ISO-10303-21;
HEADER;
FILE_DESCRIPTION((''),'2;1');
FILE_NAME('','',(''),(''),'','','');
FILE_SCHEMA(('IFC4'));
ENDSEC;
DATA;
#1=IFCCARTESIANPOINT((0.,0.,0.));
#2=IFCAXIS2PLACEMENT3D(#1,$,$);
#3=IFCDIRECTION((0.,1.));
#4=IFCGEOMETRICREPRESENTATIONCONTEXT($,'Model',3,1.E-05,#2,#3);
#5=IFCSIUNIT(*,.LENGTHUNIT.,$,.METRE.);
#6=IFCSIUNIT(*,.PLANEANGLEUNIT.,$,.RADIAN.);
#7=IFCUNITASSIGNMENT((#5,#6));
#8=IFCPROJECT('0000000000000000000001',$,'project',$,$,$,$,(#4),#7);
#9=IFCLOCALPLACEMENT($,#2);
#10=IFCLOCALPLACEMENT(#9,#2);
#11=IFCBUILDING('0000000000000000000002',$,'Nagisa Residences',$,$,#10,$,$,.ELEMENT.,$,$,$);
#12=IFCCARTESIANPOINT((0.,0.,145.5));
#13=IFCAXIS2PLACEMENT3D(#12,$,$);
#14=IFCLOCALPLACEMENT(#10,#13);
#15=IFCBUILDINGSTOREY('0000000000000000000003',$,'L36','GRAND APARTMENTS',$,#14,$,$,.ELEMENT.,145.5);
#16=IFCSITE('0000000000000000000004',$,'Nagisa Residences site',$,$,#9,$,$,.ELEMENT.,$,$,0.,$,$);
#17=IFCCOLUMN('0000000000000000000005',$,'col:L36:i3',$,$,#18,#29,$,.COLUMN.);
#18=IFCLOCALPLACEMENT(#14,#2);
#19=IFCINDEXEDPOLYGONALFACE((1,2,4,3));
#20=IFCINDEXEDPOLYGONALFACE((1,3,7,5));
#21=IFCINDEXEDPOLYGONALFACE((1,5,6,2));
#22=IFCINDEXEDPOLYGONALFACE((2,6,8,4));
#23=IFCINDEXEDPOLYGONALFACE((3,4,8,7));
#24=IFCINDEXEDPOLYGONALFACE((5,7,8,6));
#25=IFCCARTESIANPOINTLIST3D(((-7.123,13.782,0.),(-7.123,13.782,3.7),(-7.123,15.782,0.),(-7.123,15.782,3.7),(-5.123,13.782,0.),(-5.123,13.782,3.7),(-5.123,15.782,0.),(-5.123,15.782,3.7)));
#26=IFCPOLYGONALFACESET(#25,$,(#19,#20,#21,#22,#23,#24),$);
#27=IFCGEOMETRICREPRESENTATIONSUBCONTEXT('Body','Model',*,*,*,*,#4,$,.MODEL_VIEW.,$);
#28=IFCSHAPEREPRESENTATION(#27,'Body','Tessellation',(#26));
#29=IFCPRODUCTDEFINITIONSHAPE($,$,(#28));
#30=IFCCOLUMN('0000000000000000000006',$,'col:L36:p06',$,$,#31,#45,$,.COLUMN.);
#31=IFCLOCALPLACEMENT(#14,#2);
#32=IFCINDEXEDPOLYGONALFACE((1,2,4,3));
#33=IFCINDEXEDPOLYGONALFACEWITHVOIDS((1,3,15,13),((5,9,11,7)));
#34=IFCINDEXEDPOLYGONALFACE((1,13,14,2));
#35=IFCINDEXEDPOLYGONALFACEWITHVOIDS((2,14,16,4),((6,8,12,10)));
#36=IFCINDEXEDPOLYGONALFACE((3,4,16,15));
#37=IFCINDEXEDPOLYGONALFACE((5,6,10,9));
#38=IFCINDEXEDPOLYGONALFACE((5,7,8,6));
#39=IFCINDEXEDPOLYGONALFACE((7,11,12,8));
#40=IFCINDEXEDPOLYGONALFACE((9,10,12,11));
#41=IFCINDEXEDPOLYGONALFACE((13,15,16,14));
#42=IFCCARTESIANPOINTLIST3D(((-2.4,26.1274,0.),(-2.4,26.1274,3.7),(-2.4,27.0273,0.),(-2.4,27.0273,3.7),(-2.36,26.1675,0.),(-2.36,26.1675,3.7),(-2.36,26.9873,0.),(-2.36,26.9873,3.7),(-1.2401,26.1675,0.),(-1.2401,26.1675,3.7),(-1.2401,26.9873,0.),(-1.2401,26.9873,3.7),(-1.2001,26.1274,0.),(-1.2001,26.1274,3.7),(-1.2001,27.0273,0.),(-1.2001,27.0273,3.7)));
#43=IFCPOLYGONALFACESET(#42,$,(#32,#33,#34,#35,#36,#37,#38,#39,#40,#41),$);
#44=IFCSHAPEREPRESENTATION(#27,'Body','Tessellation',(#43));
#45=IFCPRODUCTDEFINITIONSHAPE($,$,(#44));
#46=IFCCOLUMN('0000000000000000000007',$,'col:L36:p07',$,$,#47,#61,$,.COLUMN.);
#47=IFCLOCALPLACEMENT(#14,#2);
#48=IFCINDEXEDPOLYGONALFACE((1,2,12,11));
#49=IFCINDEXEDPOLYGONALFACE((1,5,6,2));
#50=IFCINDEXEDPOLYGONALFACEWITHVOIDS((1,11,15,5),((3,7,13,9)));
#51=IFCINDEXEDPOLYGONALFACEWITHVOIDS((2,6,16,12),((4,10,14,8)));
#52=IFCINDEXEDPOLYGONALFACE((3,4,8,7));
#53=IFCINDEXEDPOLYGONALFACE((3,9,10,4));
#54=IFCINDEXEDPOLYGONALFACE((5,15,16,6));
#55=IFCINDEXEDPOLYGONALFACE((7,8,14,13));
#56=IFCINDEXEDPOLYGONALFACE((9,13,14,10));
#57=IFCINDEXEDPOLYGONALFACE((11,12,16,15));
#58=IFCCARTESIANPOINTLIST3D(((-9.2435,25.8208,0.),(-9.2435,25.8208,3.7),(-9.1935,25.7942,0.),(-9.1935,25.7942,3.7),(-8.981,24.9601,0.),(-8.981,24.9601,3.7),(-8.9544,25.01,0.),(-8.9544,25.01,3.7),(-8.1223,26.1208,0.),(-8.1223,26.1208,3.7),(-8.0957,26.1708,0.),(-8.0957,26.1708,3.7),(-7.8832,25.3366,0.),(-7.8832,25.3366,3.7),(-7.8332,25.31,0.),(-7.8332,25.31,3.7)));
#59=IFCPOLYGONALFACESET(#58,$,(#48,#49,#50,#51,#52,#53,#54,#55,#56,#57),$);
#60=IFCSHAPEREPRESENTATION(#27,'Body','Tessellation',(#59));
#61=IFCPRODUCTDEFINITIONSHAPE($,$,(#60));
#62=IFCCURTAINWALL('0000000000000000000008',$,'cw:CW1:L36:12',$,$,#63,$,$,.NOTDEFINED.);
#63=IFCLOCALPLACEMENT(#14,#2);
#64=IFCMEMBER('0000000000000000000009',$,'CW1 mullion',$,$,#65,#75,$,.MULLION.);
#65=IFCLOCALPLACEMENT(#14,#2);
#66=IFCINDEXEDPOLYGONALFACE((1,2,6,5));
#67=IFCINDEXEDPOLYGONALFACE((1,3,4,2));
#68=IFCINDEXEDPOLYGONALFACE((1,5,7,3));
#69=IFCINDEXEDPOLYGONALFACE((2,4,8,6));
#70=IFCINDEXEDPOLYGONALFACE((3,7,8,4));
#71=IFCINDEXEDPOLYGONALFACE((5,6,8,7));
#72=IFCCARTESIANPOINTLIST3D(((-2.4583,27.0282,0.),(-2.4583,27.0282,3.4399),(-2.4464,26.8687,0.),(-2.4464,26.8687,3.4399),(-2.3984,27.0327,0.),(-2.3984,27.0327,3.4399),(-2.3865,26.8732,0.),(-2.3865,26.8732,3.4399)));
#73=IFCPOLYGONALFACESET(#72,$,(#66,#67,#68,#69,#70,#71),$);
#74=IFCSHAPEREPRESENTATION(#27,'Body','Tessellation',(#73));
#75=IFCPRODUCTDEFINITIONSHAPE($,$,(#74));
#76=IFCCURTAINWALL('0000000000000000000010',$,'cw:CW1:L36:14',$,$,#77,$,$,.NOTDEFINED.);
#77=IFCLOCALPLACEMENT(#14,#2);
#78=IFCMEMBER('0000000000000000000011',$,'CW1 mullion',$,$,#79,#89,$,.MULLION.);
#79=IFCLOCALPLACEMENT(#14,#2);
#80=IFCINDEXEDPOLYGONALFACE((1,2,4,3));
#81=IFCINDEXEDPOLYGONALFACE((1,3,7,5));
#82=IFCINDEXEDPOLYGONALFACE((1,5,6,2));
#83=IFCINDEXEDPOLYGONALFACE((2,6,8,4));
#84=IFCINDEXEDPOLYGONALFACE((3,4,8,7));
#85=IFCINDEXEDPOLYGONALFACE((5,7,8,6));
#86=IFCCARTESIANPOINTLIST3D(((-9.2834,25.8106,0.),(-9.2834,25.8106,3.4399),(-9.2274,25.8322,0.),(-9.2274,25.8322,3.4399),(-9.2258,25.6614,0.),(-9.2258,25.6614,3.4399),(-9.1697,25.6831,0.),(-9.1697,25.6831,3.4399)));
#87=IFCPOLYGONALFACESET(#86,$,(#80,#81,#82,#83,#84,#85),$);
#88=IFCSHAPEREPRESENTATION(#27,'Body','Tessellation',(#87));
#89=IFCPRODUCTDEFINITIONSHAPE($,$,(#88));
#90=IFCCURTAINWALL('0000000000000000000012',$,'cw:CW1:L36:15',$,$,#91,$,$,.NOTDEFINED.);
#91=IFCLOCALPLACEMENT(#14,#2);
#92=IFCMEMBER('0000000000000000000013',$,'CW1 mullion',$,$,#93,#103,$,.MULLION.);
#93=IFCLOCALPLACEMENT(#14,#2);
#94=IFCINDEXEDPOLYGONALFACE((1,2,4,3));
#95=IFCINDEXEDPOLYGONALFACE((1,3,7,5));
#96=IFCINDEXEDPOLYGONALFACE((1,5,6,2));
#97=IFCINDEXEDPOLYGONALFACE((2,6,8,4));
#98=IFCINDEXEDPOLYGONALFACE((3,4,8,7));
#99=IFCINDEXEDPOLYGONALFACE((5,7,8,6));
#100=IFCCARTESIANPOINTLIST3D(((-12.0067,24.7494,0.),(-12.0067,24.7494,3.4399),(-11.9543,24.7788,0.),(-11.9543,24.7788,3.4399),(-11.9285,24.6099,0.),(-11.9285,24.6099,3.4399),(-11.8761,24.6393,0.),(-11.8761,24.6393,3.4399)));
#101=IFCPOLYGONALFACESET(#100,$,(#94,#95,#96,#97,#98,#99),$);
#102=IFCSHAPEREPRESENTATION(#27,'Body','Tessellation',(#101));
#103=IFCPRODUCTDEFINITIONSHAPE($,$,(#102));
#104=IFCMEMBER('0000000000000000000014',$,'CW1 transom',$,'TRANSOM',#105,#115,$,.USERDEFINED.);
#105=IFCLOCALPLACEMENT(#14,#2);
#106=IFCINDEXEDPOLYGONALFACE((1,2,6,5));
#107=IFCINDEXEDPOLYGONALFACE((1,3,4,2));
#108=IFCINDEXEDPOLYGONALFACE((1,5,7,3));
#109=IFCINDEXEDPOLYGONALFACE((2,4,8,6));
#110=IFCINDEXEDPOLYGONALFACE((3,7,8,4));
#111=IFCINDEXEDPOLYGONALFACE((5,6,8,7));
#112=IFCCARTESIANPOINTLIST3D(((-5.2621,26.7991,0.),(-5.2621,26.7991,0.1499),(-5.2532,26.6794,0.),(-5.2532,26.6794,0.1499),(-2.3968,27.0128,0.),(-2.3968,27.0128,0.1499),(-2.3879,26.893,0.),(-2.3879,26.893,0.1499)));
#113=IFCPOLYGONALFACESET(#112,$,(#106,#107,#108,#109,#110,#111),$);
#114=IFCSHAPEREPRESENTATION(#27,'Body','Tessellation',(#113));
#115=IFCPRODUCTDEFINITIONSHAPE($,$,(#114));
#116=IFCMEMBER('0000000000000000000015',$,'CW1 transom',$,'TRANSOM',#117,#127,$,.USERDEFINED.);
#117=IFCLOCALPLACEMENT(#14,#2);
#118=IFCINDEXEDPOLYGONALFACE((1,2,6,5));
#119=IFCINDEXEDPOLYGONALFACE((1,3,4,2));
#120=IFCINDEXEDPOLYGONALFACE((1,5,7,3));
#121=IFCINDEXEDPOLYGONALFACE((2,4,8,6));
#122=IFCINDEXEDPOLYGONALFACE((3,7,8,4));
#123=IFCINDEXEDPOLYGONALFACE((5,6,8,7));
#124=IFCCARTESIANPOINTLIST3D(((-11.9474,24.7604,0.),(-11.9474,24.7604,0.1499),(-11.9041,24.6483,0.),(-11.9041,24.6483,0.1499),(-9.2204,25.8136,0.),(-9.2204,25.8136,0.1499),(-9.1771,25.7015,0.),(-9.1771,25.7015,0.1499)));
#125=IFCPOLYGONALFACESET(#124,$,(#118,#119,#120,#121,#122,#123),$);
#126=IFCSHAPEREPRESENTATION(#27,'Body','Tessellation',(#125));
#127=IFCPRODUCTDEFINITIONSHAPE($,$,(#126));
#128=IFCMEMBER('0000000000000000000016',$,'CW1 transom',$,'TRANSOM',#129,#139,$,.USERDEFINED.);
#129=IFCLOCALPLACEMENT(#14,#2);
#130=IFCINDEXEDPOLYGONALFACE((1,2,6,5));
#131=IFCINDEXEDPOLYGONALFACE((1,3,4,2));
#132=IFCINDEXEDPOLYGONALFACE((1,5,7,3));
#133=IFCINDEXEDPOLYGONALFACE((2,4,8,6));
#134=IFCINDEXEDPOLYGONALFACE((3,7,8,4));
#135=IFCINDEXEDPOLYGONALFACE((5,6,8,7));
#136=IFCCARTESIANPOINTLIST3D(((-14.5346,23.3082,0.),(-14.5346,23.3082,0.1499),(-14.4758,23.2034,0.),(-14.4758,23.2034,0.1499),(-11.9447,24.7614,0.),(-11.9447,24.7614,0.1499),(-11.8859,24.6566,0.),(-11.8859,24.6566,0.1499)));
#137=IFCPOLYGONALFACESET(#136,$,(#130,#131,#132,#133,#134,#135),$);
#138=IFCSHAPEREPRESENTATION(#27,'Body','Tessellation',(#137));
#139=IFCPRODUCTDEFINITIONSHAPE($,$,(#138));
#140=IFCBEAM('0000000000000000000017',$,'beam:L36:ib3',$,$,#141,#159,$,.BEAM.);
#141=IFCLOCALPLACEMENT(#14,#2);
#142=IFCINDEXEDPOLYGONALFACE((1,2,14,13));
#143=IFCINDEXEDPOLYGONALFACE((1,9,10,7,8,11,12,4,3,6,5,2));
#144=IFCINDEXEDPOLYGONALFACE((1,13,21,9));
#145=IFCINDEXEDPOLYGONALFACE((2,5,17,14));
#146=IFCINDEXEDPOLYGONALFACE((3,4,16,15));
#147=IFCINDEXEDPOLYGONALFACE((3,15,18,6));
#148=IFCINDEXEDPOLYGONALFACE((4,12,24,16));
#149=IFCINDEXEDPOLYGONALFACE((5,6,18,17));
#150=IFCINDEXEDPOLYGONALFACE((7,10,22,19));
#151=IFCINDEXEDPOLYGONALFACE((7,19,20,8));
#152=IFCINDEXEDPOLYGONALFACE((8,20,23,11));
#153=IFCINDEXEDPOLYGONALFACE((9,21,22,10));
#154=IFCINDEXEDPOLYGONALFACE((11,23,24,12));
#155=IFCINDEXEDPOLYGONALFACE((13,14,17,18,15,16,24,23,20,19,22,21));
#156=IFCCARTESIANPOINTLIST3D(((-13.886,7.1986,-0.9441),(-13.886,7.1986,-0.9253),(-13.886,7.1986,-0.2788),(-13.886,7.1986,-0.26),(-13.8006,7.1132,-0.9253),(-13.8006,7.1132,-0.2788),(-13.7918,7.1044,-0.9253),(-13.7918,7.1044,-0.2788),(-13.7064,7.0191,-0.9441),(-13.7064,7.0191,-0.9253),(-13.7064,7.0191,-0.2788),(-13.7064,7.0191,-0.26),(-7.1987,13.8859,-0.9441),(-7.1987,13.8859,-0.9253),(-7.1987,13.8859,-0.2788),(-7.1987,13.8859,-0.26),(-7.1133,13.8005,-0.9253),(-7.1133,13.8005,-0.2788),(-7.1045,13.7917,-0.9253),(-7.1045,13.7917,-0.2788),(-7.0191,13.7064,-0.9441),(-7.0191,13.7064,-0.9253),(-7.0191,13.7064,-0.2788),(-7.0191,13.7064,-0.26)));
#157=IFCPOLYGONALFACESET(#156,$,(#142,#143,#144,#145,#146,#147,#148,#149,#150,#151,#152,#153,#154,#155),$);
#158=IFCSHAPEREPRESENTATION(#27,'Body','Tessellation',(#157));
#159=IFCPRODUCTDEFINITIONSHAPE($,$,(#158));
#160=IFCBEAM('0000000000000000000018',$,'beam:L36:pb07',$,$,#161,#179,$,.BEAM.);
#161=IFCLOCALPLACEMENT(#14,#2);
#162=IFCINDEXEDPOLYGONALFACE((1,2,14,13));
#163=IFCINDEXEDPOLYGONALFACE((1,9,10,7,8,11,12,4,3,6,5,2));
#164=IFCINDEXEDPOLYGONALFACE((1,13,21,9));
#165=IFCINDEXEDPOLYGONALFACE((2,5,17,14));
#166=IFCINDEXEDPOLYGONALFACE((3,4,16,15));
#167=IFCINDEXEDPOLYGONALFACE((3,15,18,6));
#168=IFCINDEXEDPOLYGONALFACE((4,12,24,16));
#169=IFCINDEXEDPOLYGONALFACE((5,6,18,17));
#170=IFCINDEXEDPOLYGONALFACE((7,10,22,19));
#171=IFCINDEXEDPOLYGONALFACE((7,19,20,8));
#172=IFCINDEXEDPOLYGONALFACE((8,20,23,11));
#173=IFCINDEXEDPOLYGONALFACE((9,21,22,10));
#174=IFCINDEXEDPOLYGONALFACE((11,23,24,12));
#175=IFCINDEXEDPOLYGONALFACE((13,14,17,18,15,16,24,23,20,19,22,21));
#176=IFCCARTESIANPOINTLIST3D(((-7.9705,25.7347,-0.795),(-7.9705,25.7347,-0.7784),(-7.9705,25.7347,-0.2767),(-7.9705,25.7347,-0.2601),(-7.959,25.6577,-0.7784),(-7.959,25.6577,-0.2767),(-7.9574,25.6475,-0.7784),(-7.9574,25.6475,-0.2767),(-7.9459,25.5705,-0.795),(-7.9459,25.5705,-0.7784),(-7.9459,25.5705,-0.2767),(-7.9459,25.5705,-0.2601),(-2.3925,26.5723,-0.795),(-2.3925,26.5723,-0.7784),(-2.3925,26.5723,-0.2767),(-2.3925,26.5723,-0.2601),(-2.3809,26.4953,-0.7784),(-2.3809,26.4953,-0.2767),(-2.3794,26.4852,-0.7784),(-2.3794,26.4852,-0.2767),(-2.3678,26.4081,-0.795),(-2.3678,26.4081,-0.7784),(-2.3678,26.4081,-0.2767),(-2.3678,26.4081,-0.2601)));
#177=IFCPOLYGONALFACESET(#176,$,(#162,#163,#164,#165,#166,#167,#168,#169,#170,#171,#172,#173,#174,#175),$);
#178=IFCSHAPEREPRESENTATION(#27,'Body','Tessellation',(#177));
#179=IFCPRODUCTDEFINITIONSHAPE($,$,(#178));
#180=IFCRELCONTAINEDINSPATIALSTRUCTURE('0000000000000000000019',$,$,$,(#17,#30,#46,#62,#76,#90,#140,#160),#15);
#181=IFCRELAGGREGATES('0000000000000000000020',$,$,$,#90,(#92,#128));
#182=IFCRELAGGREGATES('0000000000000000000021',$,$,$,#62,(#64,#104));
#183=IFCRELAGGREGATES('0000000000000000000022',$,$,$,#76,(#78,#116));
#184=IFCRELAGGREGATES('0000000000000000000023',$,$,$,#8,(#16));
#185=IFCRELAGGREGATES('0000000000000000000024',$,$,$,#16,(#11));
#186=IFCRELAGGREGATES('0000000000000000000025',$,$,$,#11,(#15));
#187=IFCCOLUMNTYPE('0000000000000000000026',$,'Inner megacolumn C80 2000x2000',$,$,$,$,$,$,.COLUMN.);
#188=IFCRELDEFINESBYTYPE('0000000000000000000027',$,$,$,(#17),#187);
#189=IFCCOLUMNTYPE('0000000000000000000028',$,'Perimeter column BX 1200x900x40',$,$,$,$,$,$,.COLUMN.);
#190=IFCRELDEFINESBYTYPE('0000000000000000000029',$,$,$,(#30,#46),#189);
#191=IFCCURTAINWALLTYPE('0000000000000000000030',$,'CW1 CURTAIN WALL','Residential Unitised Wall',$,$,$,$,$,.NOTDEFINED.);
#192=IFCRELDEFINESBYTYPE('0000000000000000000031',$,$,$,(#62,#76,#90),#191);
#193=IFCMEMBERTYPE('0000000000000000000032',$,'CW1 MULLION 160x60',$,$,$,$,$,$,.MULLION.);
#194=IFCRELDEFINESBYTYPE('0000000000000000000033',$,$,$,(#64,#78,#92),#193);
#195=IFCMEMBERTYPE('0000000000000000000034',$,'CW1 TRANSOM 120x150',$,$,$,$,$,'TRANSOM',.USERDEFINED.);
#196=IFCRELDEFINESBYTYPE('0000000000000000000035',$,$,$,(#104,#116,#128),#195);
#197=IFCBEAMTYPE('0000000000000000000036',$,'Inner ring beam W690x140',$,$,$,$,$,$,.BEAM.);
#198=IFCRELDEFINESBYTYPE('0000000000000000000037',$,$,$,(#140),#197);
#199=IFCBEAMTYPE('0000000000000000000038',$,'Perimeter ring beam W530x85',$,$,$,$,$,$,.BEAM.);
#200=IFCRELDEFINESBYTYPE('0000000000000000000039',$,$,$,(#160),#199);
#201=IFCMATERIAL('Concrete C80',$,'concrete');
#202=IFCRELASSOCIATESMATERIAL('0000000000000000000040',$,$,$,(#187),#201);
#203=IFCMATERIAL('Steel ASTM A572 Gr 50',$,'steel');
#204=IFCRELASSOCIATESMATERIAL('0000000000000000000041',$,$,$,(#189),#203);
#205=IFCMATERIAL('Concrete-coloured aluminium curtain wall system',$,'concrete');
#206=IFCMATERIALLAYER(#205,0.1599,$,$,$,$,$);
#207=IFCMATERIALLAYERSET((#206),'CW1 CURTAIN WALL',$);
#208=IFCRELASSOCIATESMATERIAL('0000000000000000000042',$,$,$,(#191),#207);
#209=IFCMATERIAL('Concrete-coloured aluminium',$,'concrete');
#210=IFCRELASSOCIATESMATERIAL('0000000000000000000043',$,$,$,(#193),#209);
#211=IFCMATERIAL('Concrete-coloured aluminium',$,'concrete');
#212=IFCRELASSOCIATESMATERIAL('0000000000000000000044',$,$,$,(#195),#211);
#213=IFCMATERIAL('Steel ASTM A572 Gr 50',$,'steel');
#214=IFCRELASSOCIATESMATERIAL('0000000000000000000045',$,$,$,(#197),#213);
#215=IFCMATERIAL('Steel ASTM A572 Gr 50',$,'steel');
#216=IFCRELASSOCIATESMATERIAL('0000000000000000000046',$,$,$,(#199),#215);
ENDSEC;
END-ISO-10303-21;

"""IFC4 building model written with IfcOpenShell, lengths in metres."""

from ifc_helpers import new_model, si_unit, direction, frame, origin, origin_2d, place, context, subcontext, project, spatial, rectangle, hollow_rectangle, i_section, extrude, material, layer, layer_set, material_profile, profile_set, type_object, element, aggregate, save


model = new_model("IFC4")

# Units and contexts
model_context = context("Model", 3, precision=1e-05, world=origin(), true_north=direction((0.0, 1.0)))
body_context = subcontext(model_context, "Body", "Model", "MODEL_VIEW")
ifc_project = project(units=[si_unit("LENGTHUNIT", "METRE"), si_unit("PLANEANGLEUNIT", "RADIAN")], contexts=[model_context])

# Site, building, storey
site_placement = place(None, origin())
site = spatial("IfcSite", under=ifc_project, at=site_placement, Name="Nagisa Residences site", CompositionType="ELEMENT", RefElevation=0.0)
building_placement = place(site_placement, origin())
building = spatial("IfcBuilding", under=site, at=building_placement, Name="Nagisa Residences", CompositionType="ELEMENT")
storey_placement = place(building_placement, frame((0.0, 0.0, 145.5)))
storey = spatial("IfcBuildingStorey", under=building, at=storey_placement, Name="L36", Description="GRAND APARTMENTS", CompositionType="ELEMENT", Elevation=145.5)

# Columns
ifc_material_1 = material(Name="Concrete C80", Category="concrete")
ifc_material_profile_1 = material_profile(ifc_material_1, rectangle(XDim=2.0, YDim=2.0, at=origin_2d()), Name="C80 2000x2000")
ifc_profile_set_1 = profile_set([ifc_material_profile_1], Name="Concrete C80")
column_type_1 = type_object("IfcColumnType", Name="Inner megacolumn C80 2000x2000", PredefinedType="COLUMN", material=ifc_profile_set_1)
column_placement = place(storey_placement, frame((-6.123, 14.782, 0.0), z_axis=(0.0, 0.0, 1.0), x_axis=(1.0, 0.0, 0.0)))
element("IfcColumn", 1, at=column_placement, inside=storey, type_object=column_type_1, Name="col:L36:i3", PredefinedType="COLUMN", context=body_context, shape_type="SweptSolid", body=[
    extrude(rectangle(XDim=2.0, YDim=2.0, at=origin_2d()), origin(), (0.0, 0.0, 1.0), 3.7),
])
ifc_material_2 = material(Name="Steel ASTM A572 Gr 50", Category="steel")
ifc_material_profile_2 = material_profile(ifc_material_2, hollow_rectangle(XDim=1.2, YDim=0.8999, WallThickness=0.04, at=origin_2d()), Name="BX 1200x900x40")
ifc_profile_set_2 = profile_set([ifc_material_profile_2], Name="Steel ASTM A572 Gr 50")
column_type_2 = type_object("IfcColumnType", Name="Perimeter column BX 1200x900x40", PredefinedType="COLUMN", material=ifc_profile_set_2)
for number, where, z_axis, x_axis, name in (
    (2, (-1.8, 26.5774, 0.0), (0.0, 0.0, 1.0), (-1.0, 0.0, 0.0), "col:L36:p06"),
    (3, (-8.5383, 25.5654, 0.0), (0.0, 0.0, 1.0), (-0.956525, -0.291652, 0.0), "col:L36:p07"),
):
    element("IfcColumn", number, at=place(storey_placement, frame(where, z_axis=z_axis, x_axis=x_axis)), inside=storey, type_object=column_type_2, Name=name, PredefinedType="COLUMN", context=body_context, shape_type="SweptSolid", body=[
        extrude(hollow_rectangle(XDim=1.2, YDim=0.8999, WallThickness=0.04, at=origin_2d()), origin(), (0.0, 0.0, 1.0), 3.7),
    ])

# Curtain walls, members
ifc_material_3 = material(Name="Concrete-coloured aluminium curtain wall system", Category="concrete")
ifc_layer_1 = layer(ifc_material_3, 0.1599)
ifc_layer_set_1 = layer_set([ifc_layer_1], Name="CW1 CURTAIN WALL")
curtain_wall_type = type_object("IfcCurtainWallType", Name="CW1 CURTAIN WALL", Description="Residential Unitised Wall", PredefinedType="NOTDEFINED", material=ifc_layer_set_1)
curtain_wall_1_placement = place(storey_placement, origin())
curtain_wall_1 = element("IfcCurtainWall", 4, at=curtain_wall_1_placement, inside=storey, type_object=curtain_wall_type, Name="cw:CW1:L36:12", PredefinedType="NOTDEFINED")
ifc_material_4 = material(Name="Concrete-coloured aluminium", Category="concrete")
ifc_material_profile_3 = material_profile(ifc_material_4, rectangle(XDim=0.1599, YDim=0.0601, at=origin_2d()), Name="CW1 MULLION 160x60")
ifc_profile_set_3 = profile_set([ifc_material_profile_3], Name="Concrete-coloured aluminium")
member_type_1 = type_object("IfcMemberType", Name="CW1 MULLION 160x60", PredefinedType="MULLION", material=ifc_profile_set_3)
member_1_placement = place(storey_placement, frame((-2.4224, 26.9507, 0.0), z_axis=(0.0, 0.0, 1.0), x_axis=(0.074377, -0.99723, 0.0)))
member_1 = element("IfcMember", 5, at=member_1_placement, type_object=member_type_1, Name="CW1 mullion", PredefinedType="MULLION", context=body_context, shape_type="SweptSolid", body=[
    extrude(rectangle(XDim=0.1599, YDim=0.0601, at=origin_2d()), origin(), (0.0, 0.0, 1.0), 3.4399),
])
curtain_wall_2_placement = place(storey_placement, origin())
curtain_wall_2 = element("IfcCurtainWall", 6, at=curtain_wall_2_placement, inside=storey, type_object=curtain_wall_type, Name="cw:CW1:L36:14", PredefinedType="NOTDEFINED")
member_2_placement = place(storey_placement, frame((-9.2266, 25.7468, 0.0), z_axis=(0.0, 0.0, 1.0), x_axis=(0.360328, -0.932826, 0.0)))
member_2 = element("IfcMember", 7, at=member_2_placement, type_object=member_type_1, Name="CW1 mullion", PredefinedType="MULLION", context=body_context, shape_type="SweptSolid", body=[
    extrude(rectangle(XDim=0.1599, YDim=0.0601, at=origin_2d()), origin(), (0.0, 0.0, 1.0), 3.4399),
])
curtain_wall_3_placement = place(storey_placement, origin())
curtain_wall_3 = element("IfcCurtainWall", 8, at=curtain_wall_3_placement, inside=storey, type_object=curtain_wall_type, Name="cw:CW1:L36:15", PredefinedType="NOTDEFINED")
member_3_placement = place(storey_placement, frame((-11.9414, 24.6943, 0.0), z_axis=(0.0, 0.0, 1.0), x_axis=(0.489377, -0.872072, 0.0)))
member_3 = element("IfcMember", 9, at=member_3_placement, type_object=member_type_1, Name="CW1 mullion", PredefinedType="MULLION", context=body_context, shape_type="SweptSolid", body=[
    extrude(rectangle(XDim=0.1599, YDim=0.0601, at=origin_2d()), origin(), (0.0, 0.0, 1.0), 3.4399),
])

# Members
ifc_material_5 = material(Name="Concrete-coloured aluminium", Category="concrete")
ifc_material_profile_4 = material_profile(ifc_material_5, rectangle(XDim=0.1201, YDim=0.1499, at=origin_2d()), Name="CW1 TRANSOM 120x150")
ifc_profile_set_4 = profile_set([ifc_material_profile_4], Name="Concrete-coloured aluminium")
member_type_2 = type_object("IfcMemberType", Name="CW1 TRANSOM 120x150", ElementType="TRANSOM", PredefinedType="USERDEFINED", material=ifc_profile_set_4)
member_4_placement = place(storey_placement, frame((-2.3923, 26.9529, 0.075), z_axis=(-0.997232, -0.074351, 0.0), x_axis=(0.074351, -0.997232, 0.0)))
member_4 = element("IfcMember", 10, at=member_4_placement, type_object=member_type_2, Name="CW1 transom", ObjectType="TRANSOM", PredefinedType="USERDEFINED", context=body_context, shape_type="SweptSolid", body=[
    extrude(rectangle(XDim=0.1201, YDim=0.1499, at=origin_2d()), origin(), (0.0, 0.0, 1.0), 2.8733),
])
member_5_placement = place(storey_placement, frame((-9.1987, 25.7576, 0.075), z_axis=(-0.932845, -0.360277, 0.0), x_axis=(0.360277, -0.932845, 0.0)))
member_5 = element("IfcMember", 11, at=member_5_placement, type_object=member_type_2, Name="CW1 transom", ObjectType="TRANSOM", PredefinedType="USERDEFINED", context=body_context, shape_type="SweptSolid", body=[
    extrude(rectangle(XDim=0.1201, YDim=0.1499, at=origin_2d()), origin(), (0.0, 0.0, 1.0), 2.9233),
])
member_6_placement = place(storey_placement, frame((-11.9153, 24.709, 0.075), z_axis=(-0.872102, -0.489324, 0.0), x_axis=(0.489324, -0.872102, 0.0)))
member_6 = element("IfcMember", 12, at=member_6_placement, type_object=member_type_2, Name="CW1 transom", ObjectType="TRANSOM", PredefinedType="USERDEFINED", context=body_context, shape_type="SweptSolid", body=[
    extrude(rectangle(XDim=0.1201, YDim=0.1499, at=origin_2d()), origin(), (0.0, 0.0, 1.0), 2.9697),
])
aggregate(curtain_wall_3, [member_3, member_6])

# Beams
ifc_material_6 = material(Name="Steel ASTM A572 Gr 50", Category="steel")
ifc_material_profile_5 = material_profile(ifc_material_6, i_section(OverallWidth=0.2539, OverallDepth=0.6841, WebThickness=0.0125, FlangeThickness=0.0188, at=origin_2d()), Name="W690x140")
ifc_profile_set_5 = profile_set([ifc_material_profile_5], Name="Steel ASTM A572 Gr 50")
beam_type_1 = type_object("IfcBeamType", Name="Inner ring beam W690x140", PredefinedType="BEAM", material=ifc_profile_set_5)
beam_1_placement = place(storey_placement, frame((-7.1089, 13.7961, -0.6021), z_axis=(-0.707107, -0.707107, 0.0), x_axis=(0.707107, -0.707107, 0.0)))
element("IfcBeam", 13, at=beam_1_placement, inside=storey, type_object=beam_type_1, Name="beam:L36:ib3", PredefinedType="BEAM", context=body_context, shape_type="SweptSolid", body=[
    extrude(i_section(OverallWidth=0.2539, OverallDepth=0.6841, WebThickness=0.0125, FlangeThickness=0.0188, at=origin_2d()), origin(), (0.0, 0.0, 1.0), 9.4573),
])
ifc_material_7 = material(Name="Steel ASTM A572 Gr 50", Category="steel")
ifc_material_profile_6 = material_profile(ifc_material_7, i_section(OverallWidth=0.166, OverallDepth=0.5349, WebThickness=0.0103, FlangeThickness=0.0166, at=origin_2d()), Name="W530x85")
ifc_profile_set_6 = profile_set([ifc_material_profile_6], Name="Steel ASTM A572 Gr 50")
beam_type_2 = type_object("IfcBeamType", Name="Perimeter ring beam W530x85", PredefinedType="BEAM", material=ifc_profile_set_6)
beam_2_placement = place(storey_placement, frame((-2.3801, 26.4902, -0.5276), z_axis=(-0.988912, -0.148501, 0.0), x_axis=(0.148501, -0.988912, 0.0)))
element("IfcBeam", 14, at=beam_2_placement, inside=storey, type_object=beam_type_2, Name="beam:L36:pb07", PredefinedType="BEAM", context=body_context, shape_type="SweptSolid", body=[
    extrude(i_section(OverallWidth=0.166, OverallDepth=0.5349, WebThickness=0.0103, FlangeThickness=0.0166, at=origin_2d()), origin(), (0.0, 0.0, 1.0), 5.6406),
])

aggregate(curtain_wall_1, [member_1, member_4])
aggregate(curtain_wall_2, [member_2, member_5])

save(model, "model.ifc")
